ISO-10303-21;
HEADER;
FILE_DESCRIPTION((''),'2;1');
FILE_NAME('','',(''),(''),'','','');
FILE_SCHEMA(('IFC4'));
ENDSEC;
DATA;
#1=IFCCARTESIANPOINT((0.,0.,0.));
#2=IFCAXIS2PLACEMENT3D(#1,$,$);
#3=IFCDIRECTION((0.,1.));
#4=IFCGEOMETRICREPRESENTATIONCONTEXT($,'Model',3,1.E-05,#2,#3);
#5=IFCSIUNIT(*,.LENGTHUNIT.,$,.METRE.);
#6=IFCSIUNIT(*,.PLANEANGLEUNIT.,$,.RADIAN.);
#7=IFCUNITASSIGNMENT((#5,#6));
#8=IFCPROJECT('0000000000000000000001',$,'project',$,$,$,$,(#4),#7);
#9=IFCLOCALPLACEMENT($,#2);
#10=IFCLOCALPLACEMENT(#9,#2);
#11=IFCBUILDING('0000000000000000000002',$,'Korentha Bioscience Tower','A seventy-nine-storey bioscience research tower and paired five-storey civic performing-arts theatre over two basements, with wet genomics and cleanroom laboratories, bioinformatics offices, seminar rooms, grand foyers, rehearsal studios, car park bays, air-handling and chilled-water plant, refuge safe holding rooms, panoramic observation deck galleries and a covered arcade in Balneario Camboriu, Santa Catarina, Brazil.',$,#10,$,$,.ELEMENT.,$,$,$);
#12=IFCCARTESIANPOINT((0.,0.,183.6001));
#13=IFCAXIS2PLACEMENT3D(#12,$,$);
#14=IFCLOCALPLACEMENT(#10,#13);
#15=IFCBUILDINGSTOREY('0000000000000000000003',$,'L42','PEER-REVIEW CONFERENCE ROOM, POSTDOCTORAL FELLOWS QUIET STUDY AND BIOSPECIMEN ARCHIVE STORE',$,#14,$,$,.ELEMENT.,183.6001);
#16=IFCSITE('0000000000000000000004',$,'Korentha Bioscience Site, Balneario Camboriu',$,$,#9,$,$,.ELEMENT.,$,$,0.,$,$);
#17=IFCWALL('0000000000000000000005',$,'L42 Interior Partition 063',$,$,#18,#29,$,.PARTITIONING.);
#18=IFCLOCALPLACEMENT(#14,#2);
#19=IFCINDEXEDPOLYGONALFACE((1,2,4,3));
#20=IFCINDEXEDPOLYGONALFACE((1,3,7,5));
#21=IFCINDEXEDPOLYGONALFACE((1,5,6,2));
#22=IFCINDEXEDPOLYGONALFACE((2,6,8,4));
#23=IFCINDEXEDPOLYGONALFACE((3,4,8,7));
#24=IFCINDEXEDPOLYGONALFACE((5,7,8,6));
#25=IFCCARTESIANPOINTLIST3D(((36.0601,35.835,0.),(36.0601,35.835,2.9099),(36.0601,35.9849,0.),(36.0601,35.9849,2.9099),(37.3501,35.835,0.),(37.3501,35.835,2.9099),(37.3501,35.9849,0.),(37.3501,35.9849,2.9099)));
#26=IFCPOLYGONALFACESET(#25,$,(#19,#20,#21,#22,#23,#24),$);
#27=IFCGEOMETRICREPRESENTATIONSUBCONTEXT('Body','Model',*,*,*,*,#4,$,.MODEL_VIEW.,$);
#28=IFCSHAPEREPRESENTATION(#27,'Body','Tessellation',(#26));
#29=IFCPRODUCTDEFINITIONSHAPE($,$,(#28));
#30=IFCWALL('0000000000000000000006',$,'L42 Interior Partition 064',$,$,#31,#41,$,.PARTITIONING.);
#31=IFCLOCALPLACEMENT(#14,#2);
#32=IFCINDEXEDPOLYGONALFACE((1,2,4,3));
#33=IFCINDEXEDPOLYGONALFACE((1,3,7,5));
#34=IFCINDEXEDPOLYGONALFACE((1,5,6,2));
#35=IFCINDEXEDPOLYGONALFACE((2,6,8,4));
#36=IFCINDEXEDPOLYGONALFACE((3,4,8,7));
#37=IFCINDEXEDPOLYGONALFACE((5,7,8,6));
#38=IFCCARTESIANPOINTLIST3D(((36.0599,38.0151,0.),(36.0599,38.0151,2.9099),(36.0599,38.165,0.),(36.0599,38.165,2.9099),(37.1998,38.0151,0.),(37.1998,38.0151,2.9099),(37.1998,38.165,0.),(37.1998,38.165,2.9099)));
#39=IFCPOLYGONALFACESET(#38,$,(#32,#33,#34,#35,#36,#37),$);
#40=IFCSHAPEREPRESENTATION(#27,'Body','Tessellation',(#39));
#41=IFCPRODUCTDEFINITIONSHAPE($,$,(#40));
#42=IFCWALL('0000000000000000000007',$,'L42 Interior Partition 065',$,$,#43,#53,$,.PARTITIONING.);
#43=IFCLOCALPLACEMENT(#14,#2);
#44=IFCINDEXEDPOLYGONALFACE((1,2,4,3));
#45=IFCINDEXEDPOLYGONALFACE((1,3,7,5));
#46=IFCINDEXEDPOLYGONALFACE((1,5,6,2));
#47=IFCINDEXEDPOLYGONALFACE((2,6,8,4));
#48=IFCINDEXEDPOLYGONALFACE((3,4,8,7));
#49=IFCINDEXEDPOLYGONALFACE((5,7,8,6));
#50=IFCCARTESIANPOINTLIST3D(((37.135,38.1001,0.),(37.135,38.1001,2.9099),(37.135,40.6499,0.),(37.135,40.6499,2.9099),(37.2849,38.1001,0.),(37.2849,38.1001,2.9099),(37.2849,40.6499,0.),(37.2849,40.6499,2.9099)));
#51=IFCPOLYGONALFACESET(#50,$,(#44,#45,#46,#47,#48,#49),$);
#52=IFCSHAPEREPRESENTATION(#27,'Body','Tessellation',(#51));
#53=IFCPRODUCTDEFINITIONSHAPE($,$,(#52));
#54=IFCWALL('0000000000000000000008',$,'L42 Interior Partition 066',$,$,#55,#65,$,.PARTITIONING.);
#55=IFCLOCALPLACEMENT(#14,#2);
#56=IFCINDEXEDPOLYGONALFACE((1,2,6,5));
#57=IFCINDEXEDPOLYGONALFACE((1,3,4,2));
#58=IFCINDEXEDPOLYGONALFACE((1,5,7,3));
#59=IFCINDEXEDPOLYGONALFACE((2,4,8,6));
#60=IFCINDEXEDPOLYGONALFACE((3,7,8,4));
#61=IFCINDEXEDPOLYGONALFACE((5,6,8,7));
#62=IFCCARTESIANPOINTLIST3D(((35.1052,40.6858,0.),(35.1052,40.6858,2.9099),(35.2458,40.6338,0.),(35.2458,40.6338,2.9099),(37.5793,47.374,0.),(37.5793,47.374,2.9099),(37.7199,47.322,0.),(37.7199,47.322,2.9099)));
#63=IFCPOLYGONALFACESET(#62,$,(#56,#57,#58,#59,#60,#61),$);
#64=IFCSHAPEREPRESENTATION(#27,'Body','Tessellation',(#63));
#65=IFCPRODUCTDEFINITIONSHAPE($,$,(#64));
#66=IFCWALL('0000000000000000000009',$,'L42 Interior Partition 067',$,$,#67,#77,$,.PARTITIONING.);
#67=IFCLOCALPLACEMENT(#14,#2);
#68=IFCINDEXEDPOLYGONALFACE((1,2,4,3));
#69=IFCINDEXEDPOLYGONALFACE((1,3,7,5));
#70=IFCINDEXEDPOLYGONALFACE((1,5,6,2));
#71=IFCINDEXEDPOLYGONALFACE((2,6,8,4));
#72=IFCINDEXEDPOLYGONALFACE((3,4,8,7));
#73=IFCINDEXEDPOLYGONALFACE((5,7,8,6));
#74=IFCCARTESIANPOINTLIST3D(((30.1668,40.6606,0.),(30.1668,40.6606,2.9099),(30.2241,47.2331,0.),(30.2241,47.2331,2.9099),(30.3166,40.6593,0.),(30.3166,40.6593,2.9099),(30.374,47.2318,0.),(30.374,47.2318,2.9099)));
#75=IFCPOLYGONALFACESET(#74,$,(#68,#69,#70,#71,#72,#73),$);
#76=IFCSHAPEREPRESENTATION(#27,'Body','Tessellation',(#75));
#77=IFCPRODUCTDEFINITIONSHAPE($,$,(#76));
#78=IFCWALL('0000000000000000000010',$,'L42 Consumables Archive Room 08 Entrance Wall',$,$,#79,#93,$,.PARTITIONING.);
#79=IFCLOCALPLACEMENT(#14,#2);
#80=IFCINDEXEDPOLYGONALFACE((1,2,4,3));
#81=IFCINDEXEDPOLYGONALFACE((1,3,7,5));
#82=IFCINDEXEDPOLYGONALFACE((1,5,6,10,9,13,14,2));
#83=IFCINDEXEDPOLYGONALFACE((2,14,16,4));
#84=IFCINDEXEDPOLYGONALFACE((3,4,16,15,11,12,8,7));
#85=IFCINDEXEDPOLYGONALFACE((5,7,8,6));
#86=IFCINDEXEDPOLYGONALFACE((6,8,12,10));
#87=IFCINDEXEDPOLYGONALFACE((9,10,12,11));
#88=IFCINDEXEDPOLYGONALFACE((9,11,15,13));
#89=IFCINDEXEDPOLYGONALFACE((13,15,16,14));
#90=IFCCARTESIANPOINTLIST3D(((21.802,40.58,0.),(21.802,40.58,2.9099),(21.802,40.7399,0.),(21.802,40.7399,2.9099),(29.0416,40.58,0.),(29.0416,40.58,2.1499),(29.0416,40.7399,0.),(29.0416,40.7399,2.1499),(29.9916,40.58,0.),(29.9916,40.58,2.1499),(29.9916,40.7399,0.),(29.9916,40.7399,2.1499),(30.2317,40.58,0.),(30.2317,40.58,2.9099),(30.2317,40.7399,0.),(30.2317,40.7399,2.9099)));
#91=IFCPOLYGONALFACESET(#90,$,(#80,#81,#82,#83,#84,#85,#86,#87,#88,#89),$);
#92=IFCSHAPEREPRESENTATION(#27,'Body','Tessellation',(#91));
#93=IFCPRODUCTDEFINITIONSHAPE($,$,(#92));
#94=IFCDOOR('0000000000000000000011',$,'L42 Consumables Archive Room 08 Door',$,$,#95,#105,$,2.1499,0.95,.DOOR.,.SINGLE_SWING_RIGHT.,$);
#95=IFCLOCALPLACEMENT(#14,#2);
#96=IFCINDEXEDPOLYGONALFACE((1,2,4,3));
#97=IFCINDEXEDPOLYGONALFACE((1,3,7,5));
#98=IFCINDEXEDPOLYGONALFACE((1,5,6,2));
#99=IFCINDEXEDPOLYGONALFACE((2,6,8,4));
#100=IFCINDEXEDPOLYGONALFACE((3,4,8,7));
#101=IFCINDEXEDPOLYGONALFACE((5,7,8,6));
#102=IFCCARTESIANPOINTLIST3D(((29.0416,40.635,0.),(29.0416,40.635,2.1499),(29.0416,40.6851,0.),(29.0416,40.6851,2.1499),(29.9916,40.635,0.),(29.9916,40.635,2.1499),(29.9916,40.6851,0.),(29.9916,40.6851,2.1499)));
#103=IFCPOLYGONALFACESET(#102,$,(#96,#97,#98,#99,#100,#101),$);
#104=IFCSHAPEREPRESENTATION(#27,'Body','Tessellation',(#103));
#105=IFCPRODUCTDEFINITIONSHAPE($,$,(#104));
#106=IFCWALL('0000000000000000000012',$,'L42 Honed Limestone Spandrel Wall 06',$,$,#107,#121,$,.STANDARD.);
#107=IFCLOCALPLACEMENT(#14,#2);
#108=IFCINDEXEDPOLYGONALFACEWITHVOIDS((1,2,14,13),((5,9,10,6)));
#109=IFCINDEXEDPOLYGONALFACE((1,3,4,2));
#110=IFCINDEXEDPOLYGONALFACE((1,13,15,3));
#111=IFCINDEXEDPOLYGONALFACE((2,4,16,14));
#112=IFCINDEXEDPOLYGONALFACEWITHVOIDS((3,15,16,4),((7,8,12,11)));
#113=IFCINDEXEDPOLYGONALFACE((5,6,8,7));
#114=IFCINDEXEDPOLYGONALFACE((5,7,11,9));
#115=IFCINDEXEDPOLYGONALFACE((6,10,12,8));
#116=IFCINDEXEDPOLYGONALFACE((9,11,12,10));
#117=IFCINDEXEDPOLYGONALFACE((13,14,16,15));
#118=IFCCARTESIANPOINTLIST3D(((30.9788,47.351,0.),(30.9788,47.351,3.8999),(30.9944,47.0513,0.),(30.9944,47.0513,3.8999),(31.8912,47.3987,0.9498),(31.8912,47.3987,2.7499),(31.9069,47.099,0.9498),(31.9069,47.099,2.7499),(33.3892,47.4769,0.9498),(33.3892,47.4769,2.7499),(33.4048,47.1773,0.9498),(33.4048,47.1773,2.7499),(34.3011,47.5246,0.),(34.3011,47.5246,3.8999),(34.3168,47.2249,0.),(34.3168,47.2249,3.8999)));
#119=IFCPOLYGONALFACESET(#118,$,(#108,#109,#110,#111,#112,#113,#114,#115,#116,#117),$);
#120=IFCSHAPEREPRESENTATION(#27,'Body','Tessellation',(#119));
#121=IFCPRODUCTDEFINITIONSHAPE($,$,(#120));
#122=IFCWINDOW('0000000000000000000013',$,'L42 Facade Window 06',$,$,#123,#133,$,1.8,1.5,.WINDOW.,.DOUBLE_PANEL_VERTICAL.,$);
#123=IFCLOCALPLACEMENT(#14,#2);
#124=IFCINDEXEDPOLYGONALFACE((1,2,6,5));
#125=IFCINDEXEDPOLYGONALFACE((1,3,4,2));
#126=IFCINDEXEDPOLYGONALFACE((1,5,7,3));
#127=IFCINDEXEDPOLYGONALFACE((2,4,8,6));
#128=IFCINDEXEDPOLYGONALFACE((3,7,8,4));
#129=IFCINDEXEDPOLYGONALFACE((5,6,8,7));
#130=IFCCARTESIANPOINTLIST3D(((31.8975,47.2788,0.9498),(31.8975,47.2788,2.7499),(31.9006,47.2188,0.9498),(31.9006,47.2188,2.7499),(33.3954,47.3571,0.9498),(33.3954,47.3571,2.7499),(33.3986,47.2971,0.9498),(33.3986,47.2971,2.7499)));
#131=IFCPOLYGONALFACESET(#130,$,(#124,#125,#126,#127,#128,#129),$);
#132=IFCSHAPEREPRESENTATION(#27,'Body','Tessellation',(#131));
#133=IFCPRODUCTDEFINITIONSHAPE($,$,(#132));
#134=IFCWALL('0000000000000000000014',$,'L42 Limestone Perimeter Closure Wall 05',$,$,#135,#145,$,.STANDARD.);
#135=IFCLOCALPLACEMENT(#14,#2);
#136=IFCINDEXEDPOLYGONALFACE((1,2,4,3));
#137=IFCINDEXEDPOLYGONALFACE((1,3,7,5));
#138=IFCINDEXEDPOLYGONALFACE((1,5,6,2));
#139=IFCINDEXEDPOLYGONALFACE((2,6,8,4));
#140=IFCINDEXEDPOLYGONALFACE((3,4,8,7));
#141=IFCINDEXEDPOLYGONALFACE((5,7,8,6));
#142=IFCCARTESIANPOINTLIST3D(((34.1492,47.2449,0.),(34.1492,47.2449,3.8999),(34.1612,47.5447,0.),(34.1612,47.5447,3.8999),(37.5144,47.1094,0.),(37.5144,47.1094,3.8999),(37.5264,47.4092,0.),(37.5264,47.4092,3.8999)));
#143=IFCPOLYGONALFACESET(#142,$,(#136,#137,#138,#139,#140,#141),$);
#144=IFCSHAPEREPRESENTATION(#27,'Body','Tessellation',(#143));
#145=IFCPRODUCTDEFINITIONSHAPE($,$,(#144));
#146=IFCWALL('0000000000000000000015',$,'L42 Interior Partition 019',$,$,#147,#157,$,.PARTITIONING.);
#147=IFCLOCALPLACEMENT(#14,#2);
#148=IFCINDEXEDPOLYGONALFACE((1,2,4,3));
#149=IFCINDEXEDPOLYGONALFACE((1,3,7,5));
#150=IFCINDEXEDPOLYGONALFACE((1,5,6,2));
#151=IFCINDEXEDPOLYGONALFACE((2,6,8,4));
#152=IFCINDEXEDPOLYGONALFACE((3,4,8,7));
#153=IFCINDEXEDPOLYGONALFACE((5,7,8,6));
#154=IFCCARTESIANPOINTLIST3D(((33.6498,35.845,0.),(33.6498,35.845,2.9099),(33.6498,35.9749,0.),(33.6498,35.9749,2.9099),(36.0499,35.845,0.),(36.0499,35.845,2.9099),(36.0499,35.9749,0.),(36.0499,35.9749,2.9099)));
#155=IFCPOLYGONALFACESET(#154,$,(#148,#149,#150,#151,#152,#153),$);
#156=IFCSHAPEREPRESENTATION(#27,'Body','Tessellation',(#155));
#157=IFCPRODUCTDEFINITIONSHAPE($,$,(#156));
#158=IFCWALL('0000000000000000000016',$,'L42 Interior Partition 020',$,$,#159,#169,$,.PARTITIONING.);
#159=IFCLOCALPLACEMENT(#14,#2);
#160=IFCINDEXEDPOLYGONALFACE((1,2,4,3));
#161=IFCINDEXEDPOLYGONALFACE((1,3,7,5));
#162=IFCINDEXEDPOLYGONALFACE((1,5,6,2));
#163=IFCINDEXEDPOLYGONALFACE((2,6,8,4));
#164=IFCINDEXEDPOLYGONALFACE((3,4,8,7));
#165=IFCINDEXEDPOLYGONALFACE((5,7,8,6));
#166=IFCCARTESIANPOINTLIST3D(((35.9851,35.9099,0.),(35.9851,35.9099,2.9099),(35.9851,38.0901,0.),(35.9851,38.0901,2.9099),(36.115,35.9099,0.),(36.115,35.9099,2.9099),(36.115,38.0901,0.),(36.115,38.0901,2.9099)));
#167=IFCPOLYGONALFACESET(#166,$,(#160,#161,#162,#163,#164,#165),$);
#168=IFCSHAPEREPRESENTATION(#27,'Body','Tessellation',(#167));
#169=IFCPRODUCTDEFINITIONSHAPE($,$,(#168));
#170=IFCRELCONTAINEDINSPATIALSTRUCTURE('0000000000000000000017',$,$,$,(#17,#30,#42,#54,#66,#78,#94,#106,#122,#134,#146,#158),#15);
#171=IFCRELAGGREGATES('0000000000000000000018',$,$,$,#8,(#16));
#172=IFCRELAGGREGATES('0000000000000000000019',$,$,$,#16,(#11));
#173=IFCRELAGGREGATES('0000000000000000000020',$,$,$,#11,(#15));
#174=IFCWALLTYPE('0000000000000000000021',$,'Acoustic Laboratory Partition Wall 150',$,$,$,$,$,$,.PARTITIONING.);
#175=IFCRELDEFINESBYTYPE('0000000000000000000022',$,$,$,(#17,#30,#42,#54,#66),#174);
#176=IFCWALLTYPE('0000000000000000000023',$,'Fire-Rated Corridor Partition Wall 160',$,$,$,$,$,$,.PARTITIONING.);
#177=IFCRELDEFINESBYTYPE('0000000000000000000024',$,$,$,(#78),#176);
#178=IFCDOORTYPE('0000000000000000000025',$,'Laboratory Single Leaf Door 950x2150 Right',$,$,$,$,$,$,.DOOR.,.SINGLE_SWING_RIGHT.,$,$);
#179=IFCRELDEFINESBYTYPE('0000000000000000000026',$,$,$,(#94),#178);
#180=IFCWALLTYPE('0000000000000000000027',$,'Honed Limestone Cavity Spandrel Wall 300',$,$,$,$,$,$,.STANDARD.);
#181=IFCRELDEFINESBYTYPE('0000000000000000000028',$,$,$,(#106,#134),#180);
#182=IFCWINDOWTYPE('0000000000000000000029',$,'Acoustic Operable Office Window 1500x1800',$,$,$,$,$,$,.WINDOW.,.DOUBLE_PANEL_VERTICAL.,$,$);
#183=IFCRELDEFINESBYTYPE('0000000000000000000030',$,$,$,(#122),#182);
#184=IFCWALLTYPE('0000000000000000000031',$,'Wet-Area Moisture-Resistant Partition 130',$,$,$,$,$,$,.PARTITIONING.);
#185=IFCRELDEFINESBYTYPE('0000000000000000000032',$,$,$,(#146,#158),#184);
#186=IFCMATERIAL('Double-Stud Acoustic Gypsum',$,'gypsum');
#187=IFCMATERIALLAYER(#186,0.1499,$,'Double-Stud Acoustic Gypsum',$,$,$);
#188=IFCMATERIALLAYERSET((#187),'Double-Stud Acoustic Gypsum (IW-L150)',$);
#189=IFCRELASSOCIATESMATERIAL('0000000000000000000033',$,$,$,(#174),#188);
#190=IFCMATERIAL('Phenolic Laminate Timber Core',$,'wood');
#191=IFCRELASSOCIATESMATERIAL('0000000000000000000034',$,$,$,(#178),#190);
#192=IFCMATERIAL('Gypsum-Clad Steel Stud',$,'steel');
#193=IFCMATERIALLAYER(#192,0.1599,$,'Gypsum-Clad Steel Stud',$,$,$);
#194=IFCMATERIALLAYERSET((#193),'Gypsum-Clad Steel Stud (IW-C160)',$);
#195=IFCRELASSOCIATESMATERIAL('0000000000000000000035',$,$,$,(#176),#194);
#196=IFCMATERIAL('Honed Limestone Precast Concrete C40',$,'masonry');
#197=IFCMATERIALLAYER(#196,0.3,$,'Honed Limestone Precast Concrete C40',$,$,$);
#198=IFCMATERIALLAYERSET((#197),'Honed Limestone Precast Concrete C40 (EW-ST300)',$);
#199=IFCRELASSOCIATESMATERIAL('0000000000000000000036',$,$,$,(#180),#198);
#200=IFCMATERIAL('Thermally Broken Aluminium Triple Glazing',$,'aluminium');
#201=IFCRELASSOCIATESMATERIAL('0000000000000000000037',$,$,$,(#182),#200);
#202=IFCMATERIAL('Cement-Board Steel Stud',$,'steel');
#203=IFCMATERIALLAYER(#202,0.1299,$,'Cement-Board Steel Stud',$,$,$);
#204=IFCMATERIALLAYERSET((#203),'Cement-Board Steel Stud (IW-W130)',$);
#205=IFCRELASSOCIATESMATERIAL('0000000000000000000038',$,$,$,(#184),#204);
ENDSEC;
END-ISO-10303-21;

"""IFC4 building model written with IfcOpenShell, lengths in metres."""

from ifc_helpers import new_model, si_unit, direction, frame, frame_2d, origin, place, context, subcontext, project, spatial, rectangle, extrude, material, layer, layer_set, type_object, element, fill, save


model = new_model("IFC4")

# Units and contexts
model_context = context("Model", 3, precision=1e-05, world=origin(), true_north=direction((0.0, 1.0)))
body_context = subcontext(model_context, "Body", "Model", "MODEL_VIEW")
ifc_project = project(units=[si_unit("LENGTHUNIT", "METRE"), si_unit("PLANEANGLEUNIT", "RADIAN")], contexts=[model_context])

# Site, building, storey
site_placement = place(None, origin())
site = spatial("IfcSite", under=ifc_project, at=site_placement, Name="Korentha Bioscience Site, Balneario Camboriu", CompositionType="ELEMENT", RefElevation=0.0)
building_placement = place(site_placement, origin())
building = spatial("IfcBuilding", under=site, at=building_placement, Name="Korentha Bioscience Tower", Description="A seventy-nine-storey bioscience research tower and paired five-storey civic performing-arts theatre over two basements, with wet genomics and cleanroom laboratories, bioinformatics offices, seminar rooms, grand foyers, rehearsal studios, car park bays, air-handling and chilled-water plant, refuge safe holding rooms, panoramic observation deck galleries and a covered arcade in Balneario Camboriu, Santa Catarina, Brazil.", CompositionType="ELEMENT")
storey_placement = place(building_placement, frame((0.0, 0.0, 183.6001)))
storey = spatial("IfcBuildingStorey", under=building, at=storey_placement, Name="L42", Description="PEER-REVIEW CONFERENCE ROOM, POSTDOCTORAL FELLOWS QUIET STUDY AND BIOSPECIMEN ARCHIVE STORE", CompositionType="ELEMENT", Elevation=183.6001)

# Shared definitions
ifc_material_1 = material(Name="Double-Stud Acoustic Gypsum", Category="gypsum")
ifc_layer_1 = layer(ifc_material_1, 0.1499, Name="Double-Stud Acoustic Gypsum")
ifc_layer_set_1 = layer_set([ifc_layer_1], Name="Double-Stud Acoustic Gypsum (IW-L150)")
wall_type_1 = type_object("IfcWallType", Name="Acoustic Laboratory Partition Wall 150", PredefinedType="PARTITIONING", material=ifc_layer_set_1)
ifc_material_2 = material(Name="Phenolic Laminate Timber Core", Category="wood")
door_type_1 = type_object("IfcDoorType", Name="Laboratory Single Leaf Door 950x2150 Right", OperationType="SINGLE_SWING_RIGHT", PredefinedType="DOOR", material=ifc_material_2)

# Walls
wall_1_placement = place(storey_placement, frame((37.3501, 35.9099, 0.0), z_axis=(0.0, 0.0, 1.0), x_axis=(-1.0, 0.0, 0.0)))
element("IfcWall", 1, at=wall_1_placement, inside=storey, type_object=wall_type_1, Name="L42 Interior Partition 063", PredefinedType="PARTITIONING", context=body_context, shape_type="SweptSolid", body=[
    extrude(rectangle(XDim=1.29, YDim=0.1499, at=frame_2d((0.645, 0.0))), origin(), (0.0, 0.0, 1.0), 2.9099),
])
wall_2_placement = place(storey_placement, frame((36.0601, 38.0901, 0.0), z_axis=(0.0, 0.0, 1.0), x_axis=(1.0, 0.0, 0.0)))
element("IfcWall", 2, at=wall_2_placement, inside=storey, type_object=wall_type_1, Name="L42 Interior Partition 064", PredefinedType="PARTITIONING", context=body_context, shape_type="SweptSolid", body=[
    extrude(rectangle(XDim=1.1399, YDim=0.1499, at=frame_2d((0.5698, 0.0))), origin(), (0.0, 0.0, 1.0), 2.9099),
])
wall_3_placement = place(storey_placement, frame((37.21, 38.1001, 0.0), z_axis=(0.0, 0.0, 1.0), x_axis=(0.0, 1.0, 0.0)))
element("IfcWall", 3, at=wall_3_placement, inside=storey, type_object=wall_type_1, Name="L42 Interior Partition 065", PredefinedType="PARTITIONING", context=body_context, shape_type="SweptSolid", body=[
    extrude(rectangle(XDim=2.5498, YDim=0.1499, at=frame_2d((1.2749, 0.0))), origin(), (0.0, 0.0, 1.0), 2.9099),
])
wall_4_placement = place(storey_placement, frame((35.1755, 40.6599, 0.0), z_axis=(0.0, 0.0, 1.0), x_axis=(0.346944, 0.937886, 0.0)))
element("IfcWall", 4, at=wall_4_placement, inside=storey, type_object=wall_type_1, Name="L42 Interior Partition 066", PredefinedType="PARTITIONING", context=body_context, shape_type="SweptSolid", body=[
    extrude(rectangle(XDim=7.1311, YDim=0.1499, at=frame_2d((3.5654, 0.0))), origin(), (0.0, 0.0, 1.0), 2.9099),
])
wall_5_placement = place(storey_placement, frame((30.2417, 40.6599, 0.0), z_axis=(0.0, 0.0, 1.0), x_axis=(0.008729, 0.999962, 0.0)))
element("IfcWall", 5, at=wall_5_placement, inside=storey, type_object=wall_type_1, Name="L42 Interior Partition 067", PredefinedType="PARTITIONING", context=body_context, shape_type="SweptSolid", body=[
    extrude(rectangle(XDim=6.5728, YDim=0.1499, at=frame_2d((3.2864, 0.0))), origin(), (0.0, 0.0, 1.0), 2.9099),
])

# Wall, opening, door
ifc_material_3 = material(Name="Gypsum-Clad Steel Stud", Category="steel")
ifc_layer_2 = layer(ifc_material_3, 0.1599, Name="Gypsum-Clad Steel Stud")
ifc_layer_set_2 = layer_set([ifc_layer_2], Name="Gypsum-Clad Steel Stud (IW-C160)")
wall_type_2 = type_object("IfcWallType", Name="Fire-Rated Corridor Partition Wall 160", PredefinedType="PARTITIONING", material=ifc_layer_set_2)
wall_6_placement = place(storey_placement, frame((30.2317, 40.6599, 0.0), z_axis=(0.0, 0.0, 1.0), x_axis=(-1.0, 0.0, 0.0)))
wall_6 = element("IfcWall", 6, at=wall_6_placement, inside=storey, type_object=wall_type_2, Name="L42 Consumables Archive Room 08 Entrance Wall", PredefinedType="PARTITIONING", context=body_context, shape_type="SweptSolid", body=[
    extrude(rectangle(XDim=8.4297, YDim=0.1599, at=frame_2d((4.2148, 0.0))), origin(), (0.0, 0.0, 1.0), 2.9099),
])
opening_1_placement = place(wall_6_placement, frame((0.24, 0.0, 0.0)))
opening_1 = element("IfcOpeningElement", 7, at=opening_1_placement, cuts=wall_6, PredefinedType="OPENING", context=body_context, shape_type="SweptSolid", body=[
    extrude(rectangle(XDim=0.95, YDim=2.1499, at=frame_2d((0.4751, 1.075))), frame((0.0, 0.0947, 0.0), z_axis=(0.0, -1.0, 0.0), x_axis=(1.0, 0.0, 0.0)), (0.0, 0.0, 1.0), 0.1897),
])
door_1_placement = place(opening_1_placement, origin())
door_1 = element("IfcDoor", 8, at=door_1_placement, inside=storey, type_object=door_type_1, Name="L42 Consumables Archive Room 08 Door", OperationType="SINGLE_SWING_RIGHT", OverallHeight=2.1499, OverallWidth=0.95, PredefinedType="DOOR", context=body_context, shape_type="SweptSolid", body=[
    extrude(rectangle(XDim=0.95, YDim=2.1499, at=frame_2d((0.4751, 1.075))), frame((0.0, 0.0249, 0.0), z_axis=(0.0, -1.0, 0.0), x_axis=(1.0, 0.0, 0.0)), (0.0, 0.0, 1.0), 0.05),
])
fill(opening_1, door_1)
ifc_material_4 = material(Name="Honed Limestone Precast Concrete C40", Category="masonry")
ifc_layer_3 = layer(ifc_material_4, 0.3, Name="Honed Limestone Precast Concrete C40")
ifc_layer_set_3 = layer_set([ifc_layer_3], Name="Honed Limestone Precast Concrete C40 (EW-ST300)")
wall_type_3 = type_object("IfcWallType", Name="Honed Limestone Cavity Spandrel Wall 300", PredefinedType="STANDARD", material=ifc_layer_set_3)

# Wall, opening, window
wall_7_placement = place(storey_placement, frame((34.3091, 47.3748, 0.0), z_axis=(0.0, 0.0, 1.0), x_axis=(-0.998638, -0.052178, 0.0)))
wall_7 = element("IfcWall", 9, at=wall_7_placement, inside=storey, type_object=wall_type_3, Name="L42 Honed Limestone Spandrel Wall 06", PredefinedType="STANDARD", context=body_context, shape_type="SweptSolid", body=[
    extrude(rectangle(XDim=3.3269, YDim=0.3, at=frame_2d((1.6636, 0.0))), origin(), (0.0, 0.0, 1.0), 3.8999),
])
opening_2_placement = place(wall_7_placement, frame((0.9133, 0.0, 0.95)))
opening_2 = element("IfcOpeningElement", 10, at=opening_2_placement, cuts=wall_7, PredefinedType="OPENING", context=body_context, shape_type="SweptSolid", body=[
    extrude(rectangle(XDim=1.5, YDim=1.8, at=frame_2d((0.75, 0.8999))), frame((0.0, 0.165, 0.0), z_axis=(0.0, -1.0, 0.0), x_axis=(1.0, 0.0, 0.0)), (0.0, 0.0, 1.0), 0.3298),
])
ifc_material_5 = material(Name="Thermally Broken Aluminium Triple Glazing", Category="aluminium")
window_type = type_object("IfcWindowType", Name="Acoustic Operable Office Window 1500x1800", PartitioningType="DOUBLE_PANEL_VERTICAL", PredefinedType="WINDOW", material=ifc_material_5)
window_placement = place(opening_2_placement, origin())
window = element("IfcWindow", 11, at=window_placement, inside=storey, type_object=window_type, Name="L42 Facade Window 06", OverallHeight=1.8, OverallWidth=1.5, PartitioningType="DOUBLE_PANEL_VERTICAL", PredefinedType="WINDOW", context=body_context, shape_type="SweptSolid", body=[
    extrude(rectangle(XDim=1.5, YDim=1.8, at=frame_2d((0.75, 0.8999))), frame((0.0, 0.03, 0.0), z_axis=(0.0, -1.0, 0.0), x_axis=(1.0, 0.0, 0.0)), (0.0, 0.0, 1.0), 0.0601),
])
fill(opening_2, window)

# Wall
wall_8_placement = place(storey_placement, frame((37.5205, 47.2593, 0.0), z_axis=(0.0, 0.0, 1.0), x_axis=(-0.99919, 0.040231, 0.0)))
element("IfcWall", 12, at=wall_8_placement, inside=storey, type_object=wall_type_3, Name="L42 Limestone Perimeter Closure Wall 05", PredefinedType="STANDARD", context=body_context, shape_type="SweptSolid", body=[
    extrude(rectangle(XDim=3.3679, YDim=0.3, at=frame_2d((1.6841, 0.0))), origin(), (0.0, 0.0, 1.0), 3.8999),
])

# Shared definitions
ifc_material_6 = material(Name="Cement-Board Steel Stud", Category="steel")
ifc_layer_4 = layer(ifc_material_6, 0.1299, Name="Cement-Board Steel Stud")
ifc_layer_set_4 = layer_set([ifc_layer_4], Name="Cement-Board Steel Stud (IW-W130)")
wall_type_4 = type_object("IfcWallType", Name="Wet-Area Moisture-Resistant Partition 130", PredefinedType="PARTITIONING", material=ifc_layer_set_4)

# Walls
wall_9_placement = place(storey_placement, frame((36.05, 35.9099, 0.0), z_axis=(0.0, 0.0, 1.0), x_axis=(-1.0, 0.0, 0.0)))
element("IfcWall", 13, at=wall_9_placement, inside=storey, type_object=wall_type_4, Name="L42 Interior Partition 019", PredefinedType="PARTITIONING", context=body_context, shape_type="SweptSolid", body=[
    extrude(rectangle(XDim=2.4001, YDim=0.1299, at=frame_2d((1.2002, 0.0))), origin(), (0.0, 0.0, 1.0), 2.9099),
])
wall_10_placement = place(storey_placement, frame((36.05, 38.0901, 0.0), z_axis=(0.0, 0.0, 1.0), x_axis=(0.0, -1.0, 0.0)))
element("IfcWall", 14, at=wall_10_placement, inside=storey, type_object=wall_type_4, Name="L42 Interior Partition 020", PredefinedType="PARTITIONING", context=body_context, shape_type="SweptSolid", body=[
    extrude(rectangle(XDim=2.1802, YDim=0.1299, at=frame_2d((1.0901, 0.0))), origin(), (0.0, 0.0, 1.0), 2.9099),
])

save(model, "model.ifc")
